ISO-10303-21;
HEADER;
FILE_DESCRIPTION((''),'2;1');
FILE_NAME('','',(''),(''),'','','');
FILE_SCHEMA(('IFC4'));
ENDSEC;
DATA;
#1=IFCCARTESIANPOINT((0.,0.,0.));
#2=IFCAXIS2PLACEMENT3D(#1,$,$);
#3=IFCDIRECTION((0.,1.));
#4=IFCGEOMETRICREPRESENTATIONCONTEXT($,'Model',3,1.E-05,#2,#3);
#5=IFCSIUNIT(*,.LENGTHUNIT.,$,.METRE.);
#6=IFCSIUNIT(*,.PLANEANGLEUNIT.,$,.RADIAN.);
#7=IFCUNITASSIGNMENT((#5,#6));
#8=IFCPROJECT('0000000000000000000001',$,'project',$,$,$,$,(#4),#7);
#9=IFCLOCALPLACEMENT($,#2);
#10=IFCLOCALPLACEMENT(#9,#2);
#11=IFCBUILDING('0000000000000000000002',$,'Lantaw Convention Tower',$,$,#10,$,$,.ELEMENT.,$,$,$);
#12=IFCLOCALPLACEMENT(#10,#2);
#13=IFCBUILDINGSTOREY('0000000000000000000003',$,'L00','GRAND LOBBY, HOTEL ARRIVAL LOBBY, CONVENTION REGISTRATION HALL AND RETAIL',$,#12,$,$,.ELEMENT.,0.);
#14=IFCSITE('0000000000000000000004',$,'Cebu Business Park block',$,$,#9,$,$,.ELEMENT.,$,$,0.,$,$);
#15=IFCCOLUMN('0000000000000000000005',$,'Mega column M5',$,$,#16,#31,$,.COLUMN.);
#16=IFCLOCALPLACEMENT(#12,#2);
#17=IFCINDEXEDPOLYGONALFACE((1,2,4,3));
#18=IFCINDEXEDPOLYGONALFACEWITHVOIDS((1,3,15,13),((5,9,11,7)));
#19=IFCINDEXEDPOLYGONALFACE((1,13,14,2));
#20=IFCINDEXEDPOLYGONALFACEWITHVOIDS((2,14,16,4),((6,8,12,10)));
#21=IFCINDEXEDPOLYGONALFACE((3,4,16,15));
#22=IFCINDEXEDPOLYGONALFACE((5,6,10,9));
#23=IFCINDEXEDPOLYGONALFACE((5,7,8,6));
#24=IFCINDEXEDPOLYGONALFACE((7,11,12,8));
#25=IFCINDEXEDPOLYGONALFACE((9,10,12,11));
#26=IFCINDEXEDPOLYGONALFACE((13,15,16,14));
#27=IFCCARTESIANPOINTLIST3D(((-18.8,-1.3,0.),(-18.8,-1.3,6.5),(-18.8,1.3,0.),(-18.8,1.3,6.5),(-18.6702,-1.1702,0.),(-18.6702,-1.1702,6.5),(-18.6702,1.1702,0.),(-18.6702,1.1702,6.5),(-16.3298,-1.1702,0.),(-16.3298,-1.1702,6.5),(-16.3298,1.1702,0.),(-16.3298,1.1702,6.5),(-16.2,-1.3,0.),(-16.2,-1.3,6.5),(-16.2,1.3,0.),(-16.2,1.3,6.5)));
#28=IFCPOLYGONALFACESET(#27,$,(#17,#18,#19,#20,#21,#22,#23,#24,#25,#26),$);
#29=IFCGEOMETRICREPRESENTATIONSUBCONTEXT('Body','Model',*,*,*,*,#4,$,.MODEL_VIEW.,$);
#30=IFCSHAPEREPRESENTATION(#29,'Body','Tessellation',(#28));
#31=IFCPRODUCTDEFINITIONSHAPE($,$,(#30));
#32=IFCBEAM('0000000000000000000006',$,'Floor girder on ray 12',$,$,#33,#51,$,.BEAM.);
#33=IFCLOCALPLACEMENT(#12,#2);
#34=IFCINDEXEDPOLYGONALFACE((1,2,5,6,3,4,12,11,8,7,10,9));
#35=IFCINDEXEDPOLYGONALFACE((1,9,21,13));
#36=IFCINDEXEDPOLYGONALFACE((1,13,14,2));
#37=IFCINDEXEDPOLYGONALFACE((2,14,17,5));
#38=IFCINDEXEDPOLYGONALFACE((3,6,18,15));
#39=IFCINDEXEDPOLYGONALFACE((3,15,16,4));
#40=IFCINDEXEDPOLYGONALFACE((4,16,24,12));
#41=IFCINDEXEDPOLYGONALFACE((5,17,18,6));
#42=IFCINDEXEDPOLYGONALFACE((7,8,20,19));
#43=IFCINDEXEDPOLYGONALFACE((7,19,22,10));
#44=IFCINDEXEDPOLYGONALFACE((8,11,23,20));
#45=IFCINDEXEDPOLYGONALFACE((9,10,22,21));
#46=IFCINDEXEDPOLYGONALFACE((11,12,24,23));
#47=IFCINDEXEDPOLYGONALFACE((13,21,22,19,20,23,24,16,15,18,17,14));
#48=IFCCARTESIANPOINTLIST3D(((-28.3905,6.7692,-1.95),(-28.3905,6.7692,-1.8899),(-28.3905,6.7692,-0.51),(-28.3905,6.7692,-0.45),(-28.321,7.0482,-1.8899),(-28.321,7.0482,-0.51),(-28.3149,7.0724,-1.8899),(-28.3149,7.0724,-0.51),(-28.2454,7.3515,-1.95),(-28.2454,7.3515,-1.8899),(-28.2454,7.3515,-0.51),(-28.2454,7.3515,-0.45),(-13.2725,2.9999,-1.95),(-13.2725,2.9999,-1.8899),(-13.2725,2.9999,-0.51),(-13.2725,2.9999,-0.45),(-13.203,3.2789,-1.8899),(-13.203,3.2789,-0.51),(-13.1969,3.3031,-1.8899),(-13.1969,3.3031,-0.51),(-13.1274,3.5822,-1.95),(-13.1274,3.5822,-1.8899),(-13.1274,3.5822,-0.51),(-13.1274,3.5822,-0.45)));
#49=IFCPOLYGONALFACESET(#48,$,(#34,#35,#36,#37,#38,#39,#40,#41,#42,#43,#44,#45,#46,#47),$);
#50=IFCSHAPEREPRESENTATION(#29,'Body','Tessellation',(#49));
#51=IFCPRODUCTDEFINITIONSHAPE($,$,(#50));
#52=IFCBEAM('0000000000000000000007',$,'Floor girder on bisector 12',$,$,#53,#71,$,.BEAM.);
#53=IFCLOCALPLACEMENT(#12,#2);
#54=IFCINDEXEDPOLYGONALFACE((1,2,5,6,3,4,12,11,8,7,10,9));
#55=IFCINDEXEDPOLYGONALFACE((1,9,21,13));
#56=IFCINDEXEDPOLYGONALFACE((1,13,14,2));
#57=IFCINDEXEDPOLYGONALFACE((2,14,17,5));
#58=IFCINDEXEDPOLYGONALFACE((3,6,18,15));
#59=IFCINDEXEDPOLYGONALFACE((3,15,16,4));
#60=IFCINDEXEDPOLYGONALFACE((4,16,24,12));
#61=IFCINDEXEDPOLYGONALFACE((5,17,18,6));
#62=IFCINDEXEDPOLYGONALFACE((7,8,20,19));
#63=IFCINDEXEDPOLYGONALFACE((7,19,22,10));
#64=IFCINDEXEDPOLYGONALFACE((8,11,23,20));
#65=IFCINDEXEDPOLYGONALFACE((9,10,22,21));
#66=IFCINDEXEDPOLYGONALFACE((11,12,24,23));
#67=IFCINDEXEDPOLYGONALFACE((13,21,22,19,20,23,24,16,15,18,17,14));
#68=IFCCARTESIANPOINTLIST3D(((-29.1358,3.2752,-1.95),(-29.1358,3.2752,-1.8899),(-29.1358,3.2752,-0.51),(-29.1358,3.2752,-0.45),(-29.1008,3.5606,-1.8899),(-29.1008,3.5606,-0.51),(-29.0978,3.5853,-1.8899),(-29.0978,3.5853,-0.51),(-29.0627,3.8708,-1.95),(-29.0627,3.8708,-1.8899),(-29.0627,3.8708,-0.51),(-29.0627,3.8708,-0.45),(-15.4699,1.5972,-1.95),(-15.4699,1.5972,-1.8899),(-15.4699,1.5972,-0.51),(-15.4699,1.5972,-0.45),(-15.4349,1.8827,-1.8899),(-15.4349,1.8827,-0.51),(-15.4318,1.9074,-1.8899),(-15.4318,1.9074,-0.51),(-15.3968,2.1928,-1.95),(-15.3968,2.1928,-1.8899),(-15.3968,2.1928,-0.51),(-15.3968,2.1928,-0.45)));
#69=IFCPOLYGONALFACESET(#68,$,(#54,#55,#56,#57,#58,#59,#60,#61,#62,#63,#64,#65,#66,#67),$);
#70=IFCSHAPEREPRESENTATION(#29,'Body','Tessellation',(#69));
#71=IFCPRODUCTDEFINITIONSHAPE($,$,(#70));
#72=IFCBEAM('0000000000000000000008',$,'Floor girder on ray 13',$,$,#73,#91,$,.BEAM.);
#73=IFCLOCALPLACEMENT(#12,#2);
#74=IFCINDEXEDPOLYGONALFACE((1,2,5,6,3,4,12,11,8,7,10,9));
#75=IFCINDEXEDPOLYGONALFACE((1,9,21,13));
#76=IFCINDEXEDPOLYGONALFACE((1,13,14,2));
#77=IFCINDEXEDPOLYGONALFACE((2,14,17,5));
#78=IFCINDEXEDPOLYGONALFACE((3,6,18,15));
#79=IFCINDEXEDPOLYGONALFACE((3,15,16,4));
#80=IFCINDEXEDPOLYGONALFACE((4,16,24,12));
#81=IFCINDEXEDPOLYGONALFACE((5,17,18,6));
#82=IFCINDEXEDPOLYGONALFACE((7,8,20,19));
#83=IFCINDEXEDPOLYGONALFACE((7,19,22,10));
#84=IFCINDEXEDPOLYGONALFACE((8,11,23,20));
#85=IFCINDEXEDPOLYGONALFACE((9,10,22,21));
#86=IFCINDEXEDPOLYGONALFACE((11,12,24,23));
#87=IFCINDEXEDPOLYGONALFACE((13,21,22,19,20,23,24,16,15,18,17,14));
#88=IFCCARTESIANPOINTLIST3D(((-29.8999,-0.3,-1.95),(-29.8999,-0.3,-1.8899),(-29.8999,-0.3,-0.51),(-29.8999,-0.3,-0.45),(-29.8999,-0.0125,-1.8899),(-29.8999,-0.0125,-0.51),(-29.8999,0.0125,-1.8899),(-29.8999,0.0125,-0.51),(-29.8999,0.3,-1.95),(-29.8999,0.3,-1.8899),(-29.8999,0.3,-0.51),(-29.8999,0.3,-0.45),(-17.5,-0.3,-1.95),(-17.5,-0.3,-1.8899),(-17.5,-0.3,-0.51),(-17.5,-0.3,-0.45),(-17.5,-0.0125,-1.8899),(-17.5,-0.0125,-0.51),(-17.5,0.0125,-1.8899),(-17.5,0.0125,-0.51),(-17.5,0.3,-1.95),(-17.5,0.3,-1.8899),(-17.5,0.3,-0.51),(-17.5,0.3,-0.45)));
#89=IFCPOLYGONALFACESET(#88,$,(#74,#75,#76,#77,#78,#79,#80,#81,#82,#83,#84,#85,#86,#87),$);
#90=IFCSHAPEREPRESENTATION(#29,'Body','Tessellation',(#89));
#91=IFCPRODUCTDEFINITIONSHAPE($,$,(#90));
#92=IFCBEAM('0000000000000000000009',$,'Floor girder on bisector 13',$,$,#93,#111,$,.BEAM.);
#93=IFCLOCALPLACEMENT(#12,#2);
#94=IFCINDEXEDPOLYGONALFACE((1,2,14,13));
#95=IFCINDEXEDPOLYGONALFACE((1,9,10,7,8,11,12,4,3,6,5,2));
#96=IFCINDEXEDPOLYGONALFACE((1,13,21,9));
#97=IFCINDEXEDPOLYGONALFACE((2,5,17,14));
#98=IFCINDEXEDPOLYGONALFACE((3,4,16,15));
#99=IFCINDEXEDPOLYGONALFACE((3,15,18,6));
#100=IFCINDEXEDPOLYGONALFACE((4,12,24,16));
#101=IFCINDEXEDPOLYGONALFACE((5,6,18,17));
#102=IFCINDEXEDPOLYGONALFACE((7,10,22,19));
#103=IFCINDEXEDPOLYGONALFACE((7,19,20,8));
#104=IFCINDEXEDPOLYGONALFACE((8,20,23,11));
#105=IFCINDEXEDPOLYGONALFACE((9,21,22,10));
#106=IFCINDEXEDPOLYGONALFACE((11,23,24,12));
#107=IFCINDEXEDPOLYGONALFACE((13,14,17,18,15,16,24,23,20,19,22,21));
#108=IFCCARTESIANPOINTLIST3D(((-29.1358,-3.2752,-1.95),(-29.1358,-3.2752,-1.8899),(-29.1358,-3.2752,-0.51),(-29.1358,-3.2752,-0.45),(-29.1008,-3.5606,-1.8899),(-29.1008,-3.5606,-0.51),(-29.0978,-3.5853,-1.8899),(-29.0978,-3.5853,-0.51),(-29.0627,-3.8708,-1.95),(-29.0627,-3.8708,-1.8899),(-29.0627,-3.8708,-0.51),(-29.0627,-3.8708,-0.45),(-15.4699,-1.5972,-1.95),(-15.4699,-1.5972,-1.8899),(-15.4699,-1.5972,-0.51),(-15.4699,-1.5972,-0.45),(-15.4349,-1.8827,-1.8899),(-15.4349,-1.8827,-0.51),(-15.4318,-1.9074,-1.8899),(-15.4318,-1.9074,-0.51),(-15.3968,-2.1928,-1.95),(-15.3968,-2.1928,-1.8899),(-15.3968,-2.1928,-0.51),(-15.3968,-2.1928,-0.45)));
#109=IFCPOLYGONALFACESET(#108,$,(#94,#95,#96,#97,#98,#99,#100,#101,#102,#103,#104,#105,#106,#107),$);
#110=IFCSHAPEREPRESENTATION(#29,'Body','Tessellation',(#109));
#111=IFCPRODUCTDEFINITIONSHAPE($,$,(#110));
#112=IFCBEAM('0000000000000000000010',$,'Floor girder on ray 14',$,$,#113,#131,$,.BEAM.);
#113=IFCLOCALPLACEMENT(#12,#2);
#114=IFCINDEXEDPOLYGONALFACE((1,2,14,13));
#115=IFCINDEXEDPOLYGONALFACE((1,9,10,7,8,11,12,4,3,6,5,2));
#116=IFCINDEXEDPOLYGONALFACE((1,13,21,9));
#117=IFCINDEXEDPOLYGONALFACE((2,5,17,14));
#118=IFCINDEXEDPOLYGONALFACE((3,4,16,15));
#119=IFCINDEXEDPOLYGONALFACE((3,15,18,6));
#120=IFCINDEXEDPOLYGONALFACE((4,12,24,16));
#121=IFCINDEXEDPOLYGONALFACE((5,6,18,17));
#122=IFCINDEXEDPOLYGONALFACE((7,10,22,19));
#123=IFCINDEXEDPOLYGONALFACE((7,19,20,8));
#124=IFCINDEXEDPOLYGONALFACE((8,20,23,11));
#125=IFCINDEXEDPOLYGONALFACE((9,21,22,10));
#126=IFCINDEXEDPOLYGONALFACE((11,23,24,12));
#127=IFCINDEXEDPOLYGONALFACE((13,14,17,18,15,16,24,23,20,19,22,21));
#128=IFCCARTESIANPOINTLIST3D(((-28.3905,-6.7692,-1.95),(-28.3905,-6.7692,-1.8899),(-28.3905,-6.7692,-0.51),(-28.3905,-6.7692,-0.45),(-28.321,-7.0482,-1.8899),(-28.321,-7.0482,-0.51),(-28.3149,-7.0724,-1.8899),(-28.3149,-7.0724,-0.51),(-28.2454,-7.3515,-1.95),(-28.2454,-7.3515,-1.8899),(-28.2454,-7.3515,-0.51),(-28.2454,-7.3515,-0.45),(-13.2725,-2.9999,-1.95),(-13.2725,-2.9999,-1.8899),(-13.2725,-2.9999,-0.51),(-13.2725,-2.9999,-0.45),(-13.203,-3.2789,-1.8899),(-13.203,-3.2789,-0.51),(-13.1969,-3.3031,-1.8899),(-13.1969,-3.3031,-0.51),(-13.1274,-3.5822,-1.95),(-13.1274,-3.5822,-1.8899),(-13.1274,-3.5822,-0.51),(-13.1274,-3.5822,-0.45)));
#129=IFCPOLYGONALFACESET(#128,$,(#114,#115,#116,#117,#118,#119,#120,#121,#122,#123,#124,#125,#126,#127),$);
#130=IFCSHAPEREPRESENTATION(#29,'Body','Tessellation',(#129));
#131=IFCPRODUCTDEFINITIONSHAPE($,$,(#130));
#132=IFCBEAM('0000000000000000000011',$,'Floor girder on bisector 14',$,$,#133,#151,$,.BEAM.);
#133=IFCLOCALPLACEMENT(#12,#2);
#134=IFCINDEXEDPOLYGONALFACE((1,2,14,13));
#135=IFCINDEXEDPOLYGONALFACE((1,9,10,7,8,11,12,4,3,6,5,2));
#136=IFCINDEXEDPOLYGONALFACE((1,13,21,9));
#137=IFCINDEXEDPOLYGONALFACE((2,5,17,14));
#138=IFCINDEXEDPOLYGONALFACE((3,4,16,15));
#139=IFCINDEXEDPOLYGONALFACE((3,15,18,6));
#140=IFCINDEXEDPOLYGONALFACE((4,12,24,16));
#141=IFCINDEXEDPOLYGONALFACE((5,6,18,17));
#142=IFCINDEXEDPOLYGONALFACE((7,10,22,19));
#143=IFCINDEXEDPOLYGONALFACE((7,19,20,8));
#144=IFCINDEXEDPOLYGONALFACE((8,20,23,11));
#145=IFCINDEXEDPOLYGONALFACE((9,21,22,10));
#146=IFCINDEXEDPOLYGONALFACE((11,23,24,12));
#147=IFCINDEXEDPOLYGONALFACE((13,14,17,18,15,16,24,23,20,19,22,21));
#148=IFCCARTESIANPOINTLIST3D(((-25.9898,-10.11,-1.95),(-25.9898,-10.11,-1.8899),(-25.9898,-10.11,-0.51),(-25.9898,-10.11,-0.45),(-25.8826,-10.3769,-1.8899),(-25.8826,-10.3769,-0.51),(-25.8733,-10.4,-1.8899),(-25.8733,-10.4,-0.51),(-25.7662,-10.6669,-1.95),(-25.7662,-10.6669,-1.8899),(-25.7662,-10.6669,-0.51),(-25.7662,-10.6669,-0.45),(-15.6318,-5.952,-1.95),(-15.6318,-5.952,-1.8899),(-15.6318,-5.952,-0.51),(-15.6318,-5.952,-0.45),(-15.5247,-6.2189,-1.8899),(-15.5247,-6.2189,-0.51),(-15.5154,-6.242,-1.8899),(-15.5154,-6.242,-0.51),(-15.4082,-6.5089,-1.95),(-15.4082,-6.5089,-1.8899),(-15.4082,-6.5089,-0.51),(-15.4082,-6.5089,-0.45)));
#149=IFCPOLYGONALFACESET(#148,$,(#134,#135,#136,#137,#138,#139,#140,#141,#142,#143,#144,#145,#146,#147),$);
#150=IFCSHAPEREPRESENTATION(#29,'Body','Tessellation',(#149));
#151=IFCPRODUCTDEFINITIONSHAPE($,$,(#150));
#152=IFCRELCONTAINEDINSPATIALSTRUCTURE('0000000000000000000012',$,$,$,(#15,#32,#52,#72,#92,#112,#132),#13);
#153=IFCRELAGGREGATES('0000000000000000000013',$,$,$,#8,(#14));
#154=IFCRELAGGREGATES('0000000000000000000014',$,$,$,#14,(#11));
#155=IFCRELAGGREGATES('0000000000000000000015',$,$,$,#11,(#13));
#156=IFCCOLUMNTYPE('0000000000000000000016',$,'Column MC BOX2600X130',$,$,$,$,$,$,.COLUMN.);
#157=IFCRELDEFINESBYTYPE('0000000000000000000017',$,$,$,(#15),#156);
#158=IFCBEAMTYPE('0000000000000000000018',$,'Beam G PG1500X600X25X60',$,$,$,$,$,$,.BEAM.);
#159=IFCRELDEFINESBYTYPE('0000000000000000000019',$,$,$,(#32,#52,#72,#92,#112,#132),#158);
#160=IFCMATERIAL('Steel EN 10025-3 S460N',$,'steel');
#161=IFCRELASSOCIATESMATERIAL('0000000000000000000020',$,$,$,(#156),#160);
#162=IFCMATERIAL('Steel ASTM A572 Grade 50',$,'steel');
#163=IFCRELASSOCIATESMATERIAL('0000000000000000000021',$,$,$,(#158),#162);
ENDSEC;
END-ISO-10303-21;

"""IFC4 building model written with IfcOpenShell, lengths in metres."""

from ifc_helpers import new_model, si_unit, direction, frame, origin, origin_2d, place, context, subcontext, project, spatial, rectangle, hollow_rectangle, i_section, extrude, material, material_profile, profile_set, type_object, element, save


model = new_model("IFC4")

# Units and contexts
model_context = context("Model", 3, precision=1e-05, world=origin(), true_north=direction((0.0, 1.0)))
body_context = subcontext(model_context, "Body", "Model", "MODEL_VIEW")
ifc_project = project(units=[si_unit("LENGTHUNIT", "METRE"), si_unit("PLANEANGLEUNIT", "RADIAN")], contexts=[model_context])

# Site, building, storey
site_placement = place(None, origin())
site = spatial("IfcSite", under=ifc_project, at=site_placement, Name="Cebu Business Park block", CompositionType="ELEMENT", RefElevation=0.0)
building_placement = place(site_placement, origin())
building = spatial("IfcBuilding", under=site, at=building_placement, Name="Lantaw Convention Tower", CompositionType="ELEMENT")
storey_placement = place(building_placement, origin())
storey = spatial("IfcBuildingStorey", under=building, at=storey_placement, Name="L00", Description="GRAND LOBBY, HOTEL ARRIVAL LOBBY, CONVENTION REGISTRATION HALL AND RETAIL", CompositionType="ELEMENT", Elevation=0.0)

# Column
ifc_material_1 = material(Name="Steel EN 10025-3 S460N", Category="steel")
ifc_material_profile_1 = material_profile(ifc_material_1, hollow_rectangle(XDim=2.6001, YDim=2.6001, WallThickness=0.1299, at=origin_2d()), Name="BOX2600X130")
ifc_material_2 = material(Name="Concrete C60/75", Category="concrete")
ifc_material_profile_2 = material_profile(ifc_material_2, rectangle(XDim=2.3401, YDim=2.3401, at=origin_2d()), Name="Concrete fill of BOX2600X130")
ifc_profile_set_1 = profile_set([ifc_material_profile_1, ifc_material_profile_2], Name="Steel EN 10025-3 S460N")
column_type = type_object("IfcColumnType", Name="Column MC BOX2600X130", PredefinedType="COLUMN", material=ifc_profile_set_1)
column_placement = place(storey_placement, frame((-17.5, 0.0, 0.0), z_axis=(0.0, 0.0, 1.0), x_axis=(1.0, 0.0, 0.0)))
element("IfcColumn", 1, at=column_placement, inside=storey, type_object=column_type, Name="Mega column M5", PredefinedType="COLUMN", context=body_context, shape_type="SweptSolid", body=[
    extrude(hollow_rectangle(XDim=2.6001, YDim=2.6001, WallThickness=0.1299, at=origin_2d()), origin(), (0.0, 0.0, 1.0), 6.5),
])

# Beams
ifc_material_3 = material(Name="Steel ASTM A572 Grade 50", Category="steel")
ifc_material_profile_3 = material_profile(ifc_material_3, i_section(OverallWidth=0.6001, OverallDepth=1.5, WebThickness=0.0249, FlangeThickness=0.0601, at=origin_2d()), Name="PG1500X600X25X60")
ifc_profile_set_2 = profile_set([ifc_material_profile_3], Name="Steel ASTM A572 Grade 50")
beam_type_1 = type_object("IfcBeamType", Name="Beam G PG1500X600X25X60", PredefinedType="BEAM", material=ifc_profile_set_2)
beam_1_placement = place(storey_placement, frame((-13.2, 3.291, -1.2), z_axis=(-0.970296, 0.24192, 0.0), x_axis=(-0.24192, -0.970296, 0.0)))
element("IfcBeam", 2, at=beam_1_placement, inside=storey, type_object=beam_type_1, Name="Floor girder on ray 12", PredefinedType="BEAM", context=body_context, shape_type="SweptSolid", body=[
    extrude(i_section(OverallWidth=0.6001, OverallDepth=1.5, WebThickness=0.0249, FlangeThickness=0.0601, at=origin_2d()), origin(), (0.0, 0.0, 1.0), 15.5808),
])
beam_2_placement = place(storey_placement, frame((-15.4333, 1.895, -1.2), z_axis=(-0.992546, 0.12187, 0.0), x_axis=(-0.12187, -0.992546, 0.0)))
element("IfcBeam", 3, at=beam_2_placement, inside=storey, type_object=beam_type_1, Name="Floor girder on bisector 12", PredefinedType="BEAM", context=body_context, shape_type="SweptSolid", body=[
    extrude(i_section(OverallWidth=0.6001, OverallDepth=1.5, WebThickness=0.0249, FlangeThickness=0.0601, at=origin_2d()), origin(), (0.0, 0.0, 1.0), 13.7686),
])
beam_3_placement = place(storey_placement, frame((-17.5, 0.0, -1.2), z_axis=(-1.0, 0.0, 0.0), x_axis=(0.0, -1.0, 0.0)))
element("IfcBeam", 4, at=beam_3_placement, inside=storey, type_object=beam_type_1, Name="Floor girder on ray 13", PredefinedType="BEAM", context=body_context, shape_type="SweptSolid", body=[
    extrude(i_section(OverallWidth=0.6001, OverallDepth=1.5, WebThickness=0.0249, FlangeThickness=0.0601, at=origin_2d()), origin(), (0.0, 0.0, 1.0), 12.3999),
])
beam_4_placement = place(storey_placement, frame((-15.4333, -1.895, -1.2), z_axis=(-0.992546, -0.12187, 0.0), x_axis=(0.12187, -0.992546, 0.0)))
element("IfcBeam", 5, at=beam_4_placement, inside=storey, type_object=beam_type_1, Name="Floor girder on bisector 13", PredefinedType="BEAM", context=body_context, shape_type="SweptSolid", body=[
    extrude(i_section(OverallWidth=0.6001, OverallDepth=1.5, WebThickness=0.0249, FlangeThickness=0.0601, at=origin_2d()), origin(), (0.0, 0.0, 1.0), 13.7686),
])
beam_5_placement = place(storey_placement, frame((-13.2, -3.291, -1.2), z_axis=(-0.970296, -0.24192, 0.0), x_axis=(0.24192, -0.970296, 0.0)))
element("IfcBeam", 6, at=beam_5_placement, inside=storey, type_object=beam_type_1, Name="Floor girder on ray 14", PredefinedType="BEAM", context=body_context, shape_type="SweptSolid", body=[
    extrude(i_section(OverallWidth=0.6001, OverallDepth=1.5, WebThickness=0.0249, FlangeThickness=0.0601, at=origin_2d()), origin(), (0.0, 0.0, 1.0), 15.5808),
])
beam_6_placement = place(storey_placement, frame((-15.52, -6.2305, -1.2), z_axis=(-0.928019, -0.372533, 0.0), x_axis=(0.372533, -0.928019, 0.0)))
element("IfcBeam", 7, at=beam_6_placement, inside=storey, type_object=beam_type_1, Name="Floor girder on bisector 14", PredefinedType="BEAM", context=body_context, shape_type="SweptSolid", body=[
    extrude(i_section(OverallWidth=0.6001, OverallDepth=1.5, WebThickness=0.0249, FlangeThickness=0.0601, at=origin_2d()), origin(), (0.0, 0.0, 1.0), 11.1614),
])

save(model, "model.ifc")
